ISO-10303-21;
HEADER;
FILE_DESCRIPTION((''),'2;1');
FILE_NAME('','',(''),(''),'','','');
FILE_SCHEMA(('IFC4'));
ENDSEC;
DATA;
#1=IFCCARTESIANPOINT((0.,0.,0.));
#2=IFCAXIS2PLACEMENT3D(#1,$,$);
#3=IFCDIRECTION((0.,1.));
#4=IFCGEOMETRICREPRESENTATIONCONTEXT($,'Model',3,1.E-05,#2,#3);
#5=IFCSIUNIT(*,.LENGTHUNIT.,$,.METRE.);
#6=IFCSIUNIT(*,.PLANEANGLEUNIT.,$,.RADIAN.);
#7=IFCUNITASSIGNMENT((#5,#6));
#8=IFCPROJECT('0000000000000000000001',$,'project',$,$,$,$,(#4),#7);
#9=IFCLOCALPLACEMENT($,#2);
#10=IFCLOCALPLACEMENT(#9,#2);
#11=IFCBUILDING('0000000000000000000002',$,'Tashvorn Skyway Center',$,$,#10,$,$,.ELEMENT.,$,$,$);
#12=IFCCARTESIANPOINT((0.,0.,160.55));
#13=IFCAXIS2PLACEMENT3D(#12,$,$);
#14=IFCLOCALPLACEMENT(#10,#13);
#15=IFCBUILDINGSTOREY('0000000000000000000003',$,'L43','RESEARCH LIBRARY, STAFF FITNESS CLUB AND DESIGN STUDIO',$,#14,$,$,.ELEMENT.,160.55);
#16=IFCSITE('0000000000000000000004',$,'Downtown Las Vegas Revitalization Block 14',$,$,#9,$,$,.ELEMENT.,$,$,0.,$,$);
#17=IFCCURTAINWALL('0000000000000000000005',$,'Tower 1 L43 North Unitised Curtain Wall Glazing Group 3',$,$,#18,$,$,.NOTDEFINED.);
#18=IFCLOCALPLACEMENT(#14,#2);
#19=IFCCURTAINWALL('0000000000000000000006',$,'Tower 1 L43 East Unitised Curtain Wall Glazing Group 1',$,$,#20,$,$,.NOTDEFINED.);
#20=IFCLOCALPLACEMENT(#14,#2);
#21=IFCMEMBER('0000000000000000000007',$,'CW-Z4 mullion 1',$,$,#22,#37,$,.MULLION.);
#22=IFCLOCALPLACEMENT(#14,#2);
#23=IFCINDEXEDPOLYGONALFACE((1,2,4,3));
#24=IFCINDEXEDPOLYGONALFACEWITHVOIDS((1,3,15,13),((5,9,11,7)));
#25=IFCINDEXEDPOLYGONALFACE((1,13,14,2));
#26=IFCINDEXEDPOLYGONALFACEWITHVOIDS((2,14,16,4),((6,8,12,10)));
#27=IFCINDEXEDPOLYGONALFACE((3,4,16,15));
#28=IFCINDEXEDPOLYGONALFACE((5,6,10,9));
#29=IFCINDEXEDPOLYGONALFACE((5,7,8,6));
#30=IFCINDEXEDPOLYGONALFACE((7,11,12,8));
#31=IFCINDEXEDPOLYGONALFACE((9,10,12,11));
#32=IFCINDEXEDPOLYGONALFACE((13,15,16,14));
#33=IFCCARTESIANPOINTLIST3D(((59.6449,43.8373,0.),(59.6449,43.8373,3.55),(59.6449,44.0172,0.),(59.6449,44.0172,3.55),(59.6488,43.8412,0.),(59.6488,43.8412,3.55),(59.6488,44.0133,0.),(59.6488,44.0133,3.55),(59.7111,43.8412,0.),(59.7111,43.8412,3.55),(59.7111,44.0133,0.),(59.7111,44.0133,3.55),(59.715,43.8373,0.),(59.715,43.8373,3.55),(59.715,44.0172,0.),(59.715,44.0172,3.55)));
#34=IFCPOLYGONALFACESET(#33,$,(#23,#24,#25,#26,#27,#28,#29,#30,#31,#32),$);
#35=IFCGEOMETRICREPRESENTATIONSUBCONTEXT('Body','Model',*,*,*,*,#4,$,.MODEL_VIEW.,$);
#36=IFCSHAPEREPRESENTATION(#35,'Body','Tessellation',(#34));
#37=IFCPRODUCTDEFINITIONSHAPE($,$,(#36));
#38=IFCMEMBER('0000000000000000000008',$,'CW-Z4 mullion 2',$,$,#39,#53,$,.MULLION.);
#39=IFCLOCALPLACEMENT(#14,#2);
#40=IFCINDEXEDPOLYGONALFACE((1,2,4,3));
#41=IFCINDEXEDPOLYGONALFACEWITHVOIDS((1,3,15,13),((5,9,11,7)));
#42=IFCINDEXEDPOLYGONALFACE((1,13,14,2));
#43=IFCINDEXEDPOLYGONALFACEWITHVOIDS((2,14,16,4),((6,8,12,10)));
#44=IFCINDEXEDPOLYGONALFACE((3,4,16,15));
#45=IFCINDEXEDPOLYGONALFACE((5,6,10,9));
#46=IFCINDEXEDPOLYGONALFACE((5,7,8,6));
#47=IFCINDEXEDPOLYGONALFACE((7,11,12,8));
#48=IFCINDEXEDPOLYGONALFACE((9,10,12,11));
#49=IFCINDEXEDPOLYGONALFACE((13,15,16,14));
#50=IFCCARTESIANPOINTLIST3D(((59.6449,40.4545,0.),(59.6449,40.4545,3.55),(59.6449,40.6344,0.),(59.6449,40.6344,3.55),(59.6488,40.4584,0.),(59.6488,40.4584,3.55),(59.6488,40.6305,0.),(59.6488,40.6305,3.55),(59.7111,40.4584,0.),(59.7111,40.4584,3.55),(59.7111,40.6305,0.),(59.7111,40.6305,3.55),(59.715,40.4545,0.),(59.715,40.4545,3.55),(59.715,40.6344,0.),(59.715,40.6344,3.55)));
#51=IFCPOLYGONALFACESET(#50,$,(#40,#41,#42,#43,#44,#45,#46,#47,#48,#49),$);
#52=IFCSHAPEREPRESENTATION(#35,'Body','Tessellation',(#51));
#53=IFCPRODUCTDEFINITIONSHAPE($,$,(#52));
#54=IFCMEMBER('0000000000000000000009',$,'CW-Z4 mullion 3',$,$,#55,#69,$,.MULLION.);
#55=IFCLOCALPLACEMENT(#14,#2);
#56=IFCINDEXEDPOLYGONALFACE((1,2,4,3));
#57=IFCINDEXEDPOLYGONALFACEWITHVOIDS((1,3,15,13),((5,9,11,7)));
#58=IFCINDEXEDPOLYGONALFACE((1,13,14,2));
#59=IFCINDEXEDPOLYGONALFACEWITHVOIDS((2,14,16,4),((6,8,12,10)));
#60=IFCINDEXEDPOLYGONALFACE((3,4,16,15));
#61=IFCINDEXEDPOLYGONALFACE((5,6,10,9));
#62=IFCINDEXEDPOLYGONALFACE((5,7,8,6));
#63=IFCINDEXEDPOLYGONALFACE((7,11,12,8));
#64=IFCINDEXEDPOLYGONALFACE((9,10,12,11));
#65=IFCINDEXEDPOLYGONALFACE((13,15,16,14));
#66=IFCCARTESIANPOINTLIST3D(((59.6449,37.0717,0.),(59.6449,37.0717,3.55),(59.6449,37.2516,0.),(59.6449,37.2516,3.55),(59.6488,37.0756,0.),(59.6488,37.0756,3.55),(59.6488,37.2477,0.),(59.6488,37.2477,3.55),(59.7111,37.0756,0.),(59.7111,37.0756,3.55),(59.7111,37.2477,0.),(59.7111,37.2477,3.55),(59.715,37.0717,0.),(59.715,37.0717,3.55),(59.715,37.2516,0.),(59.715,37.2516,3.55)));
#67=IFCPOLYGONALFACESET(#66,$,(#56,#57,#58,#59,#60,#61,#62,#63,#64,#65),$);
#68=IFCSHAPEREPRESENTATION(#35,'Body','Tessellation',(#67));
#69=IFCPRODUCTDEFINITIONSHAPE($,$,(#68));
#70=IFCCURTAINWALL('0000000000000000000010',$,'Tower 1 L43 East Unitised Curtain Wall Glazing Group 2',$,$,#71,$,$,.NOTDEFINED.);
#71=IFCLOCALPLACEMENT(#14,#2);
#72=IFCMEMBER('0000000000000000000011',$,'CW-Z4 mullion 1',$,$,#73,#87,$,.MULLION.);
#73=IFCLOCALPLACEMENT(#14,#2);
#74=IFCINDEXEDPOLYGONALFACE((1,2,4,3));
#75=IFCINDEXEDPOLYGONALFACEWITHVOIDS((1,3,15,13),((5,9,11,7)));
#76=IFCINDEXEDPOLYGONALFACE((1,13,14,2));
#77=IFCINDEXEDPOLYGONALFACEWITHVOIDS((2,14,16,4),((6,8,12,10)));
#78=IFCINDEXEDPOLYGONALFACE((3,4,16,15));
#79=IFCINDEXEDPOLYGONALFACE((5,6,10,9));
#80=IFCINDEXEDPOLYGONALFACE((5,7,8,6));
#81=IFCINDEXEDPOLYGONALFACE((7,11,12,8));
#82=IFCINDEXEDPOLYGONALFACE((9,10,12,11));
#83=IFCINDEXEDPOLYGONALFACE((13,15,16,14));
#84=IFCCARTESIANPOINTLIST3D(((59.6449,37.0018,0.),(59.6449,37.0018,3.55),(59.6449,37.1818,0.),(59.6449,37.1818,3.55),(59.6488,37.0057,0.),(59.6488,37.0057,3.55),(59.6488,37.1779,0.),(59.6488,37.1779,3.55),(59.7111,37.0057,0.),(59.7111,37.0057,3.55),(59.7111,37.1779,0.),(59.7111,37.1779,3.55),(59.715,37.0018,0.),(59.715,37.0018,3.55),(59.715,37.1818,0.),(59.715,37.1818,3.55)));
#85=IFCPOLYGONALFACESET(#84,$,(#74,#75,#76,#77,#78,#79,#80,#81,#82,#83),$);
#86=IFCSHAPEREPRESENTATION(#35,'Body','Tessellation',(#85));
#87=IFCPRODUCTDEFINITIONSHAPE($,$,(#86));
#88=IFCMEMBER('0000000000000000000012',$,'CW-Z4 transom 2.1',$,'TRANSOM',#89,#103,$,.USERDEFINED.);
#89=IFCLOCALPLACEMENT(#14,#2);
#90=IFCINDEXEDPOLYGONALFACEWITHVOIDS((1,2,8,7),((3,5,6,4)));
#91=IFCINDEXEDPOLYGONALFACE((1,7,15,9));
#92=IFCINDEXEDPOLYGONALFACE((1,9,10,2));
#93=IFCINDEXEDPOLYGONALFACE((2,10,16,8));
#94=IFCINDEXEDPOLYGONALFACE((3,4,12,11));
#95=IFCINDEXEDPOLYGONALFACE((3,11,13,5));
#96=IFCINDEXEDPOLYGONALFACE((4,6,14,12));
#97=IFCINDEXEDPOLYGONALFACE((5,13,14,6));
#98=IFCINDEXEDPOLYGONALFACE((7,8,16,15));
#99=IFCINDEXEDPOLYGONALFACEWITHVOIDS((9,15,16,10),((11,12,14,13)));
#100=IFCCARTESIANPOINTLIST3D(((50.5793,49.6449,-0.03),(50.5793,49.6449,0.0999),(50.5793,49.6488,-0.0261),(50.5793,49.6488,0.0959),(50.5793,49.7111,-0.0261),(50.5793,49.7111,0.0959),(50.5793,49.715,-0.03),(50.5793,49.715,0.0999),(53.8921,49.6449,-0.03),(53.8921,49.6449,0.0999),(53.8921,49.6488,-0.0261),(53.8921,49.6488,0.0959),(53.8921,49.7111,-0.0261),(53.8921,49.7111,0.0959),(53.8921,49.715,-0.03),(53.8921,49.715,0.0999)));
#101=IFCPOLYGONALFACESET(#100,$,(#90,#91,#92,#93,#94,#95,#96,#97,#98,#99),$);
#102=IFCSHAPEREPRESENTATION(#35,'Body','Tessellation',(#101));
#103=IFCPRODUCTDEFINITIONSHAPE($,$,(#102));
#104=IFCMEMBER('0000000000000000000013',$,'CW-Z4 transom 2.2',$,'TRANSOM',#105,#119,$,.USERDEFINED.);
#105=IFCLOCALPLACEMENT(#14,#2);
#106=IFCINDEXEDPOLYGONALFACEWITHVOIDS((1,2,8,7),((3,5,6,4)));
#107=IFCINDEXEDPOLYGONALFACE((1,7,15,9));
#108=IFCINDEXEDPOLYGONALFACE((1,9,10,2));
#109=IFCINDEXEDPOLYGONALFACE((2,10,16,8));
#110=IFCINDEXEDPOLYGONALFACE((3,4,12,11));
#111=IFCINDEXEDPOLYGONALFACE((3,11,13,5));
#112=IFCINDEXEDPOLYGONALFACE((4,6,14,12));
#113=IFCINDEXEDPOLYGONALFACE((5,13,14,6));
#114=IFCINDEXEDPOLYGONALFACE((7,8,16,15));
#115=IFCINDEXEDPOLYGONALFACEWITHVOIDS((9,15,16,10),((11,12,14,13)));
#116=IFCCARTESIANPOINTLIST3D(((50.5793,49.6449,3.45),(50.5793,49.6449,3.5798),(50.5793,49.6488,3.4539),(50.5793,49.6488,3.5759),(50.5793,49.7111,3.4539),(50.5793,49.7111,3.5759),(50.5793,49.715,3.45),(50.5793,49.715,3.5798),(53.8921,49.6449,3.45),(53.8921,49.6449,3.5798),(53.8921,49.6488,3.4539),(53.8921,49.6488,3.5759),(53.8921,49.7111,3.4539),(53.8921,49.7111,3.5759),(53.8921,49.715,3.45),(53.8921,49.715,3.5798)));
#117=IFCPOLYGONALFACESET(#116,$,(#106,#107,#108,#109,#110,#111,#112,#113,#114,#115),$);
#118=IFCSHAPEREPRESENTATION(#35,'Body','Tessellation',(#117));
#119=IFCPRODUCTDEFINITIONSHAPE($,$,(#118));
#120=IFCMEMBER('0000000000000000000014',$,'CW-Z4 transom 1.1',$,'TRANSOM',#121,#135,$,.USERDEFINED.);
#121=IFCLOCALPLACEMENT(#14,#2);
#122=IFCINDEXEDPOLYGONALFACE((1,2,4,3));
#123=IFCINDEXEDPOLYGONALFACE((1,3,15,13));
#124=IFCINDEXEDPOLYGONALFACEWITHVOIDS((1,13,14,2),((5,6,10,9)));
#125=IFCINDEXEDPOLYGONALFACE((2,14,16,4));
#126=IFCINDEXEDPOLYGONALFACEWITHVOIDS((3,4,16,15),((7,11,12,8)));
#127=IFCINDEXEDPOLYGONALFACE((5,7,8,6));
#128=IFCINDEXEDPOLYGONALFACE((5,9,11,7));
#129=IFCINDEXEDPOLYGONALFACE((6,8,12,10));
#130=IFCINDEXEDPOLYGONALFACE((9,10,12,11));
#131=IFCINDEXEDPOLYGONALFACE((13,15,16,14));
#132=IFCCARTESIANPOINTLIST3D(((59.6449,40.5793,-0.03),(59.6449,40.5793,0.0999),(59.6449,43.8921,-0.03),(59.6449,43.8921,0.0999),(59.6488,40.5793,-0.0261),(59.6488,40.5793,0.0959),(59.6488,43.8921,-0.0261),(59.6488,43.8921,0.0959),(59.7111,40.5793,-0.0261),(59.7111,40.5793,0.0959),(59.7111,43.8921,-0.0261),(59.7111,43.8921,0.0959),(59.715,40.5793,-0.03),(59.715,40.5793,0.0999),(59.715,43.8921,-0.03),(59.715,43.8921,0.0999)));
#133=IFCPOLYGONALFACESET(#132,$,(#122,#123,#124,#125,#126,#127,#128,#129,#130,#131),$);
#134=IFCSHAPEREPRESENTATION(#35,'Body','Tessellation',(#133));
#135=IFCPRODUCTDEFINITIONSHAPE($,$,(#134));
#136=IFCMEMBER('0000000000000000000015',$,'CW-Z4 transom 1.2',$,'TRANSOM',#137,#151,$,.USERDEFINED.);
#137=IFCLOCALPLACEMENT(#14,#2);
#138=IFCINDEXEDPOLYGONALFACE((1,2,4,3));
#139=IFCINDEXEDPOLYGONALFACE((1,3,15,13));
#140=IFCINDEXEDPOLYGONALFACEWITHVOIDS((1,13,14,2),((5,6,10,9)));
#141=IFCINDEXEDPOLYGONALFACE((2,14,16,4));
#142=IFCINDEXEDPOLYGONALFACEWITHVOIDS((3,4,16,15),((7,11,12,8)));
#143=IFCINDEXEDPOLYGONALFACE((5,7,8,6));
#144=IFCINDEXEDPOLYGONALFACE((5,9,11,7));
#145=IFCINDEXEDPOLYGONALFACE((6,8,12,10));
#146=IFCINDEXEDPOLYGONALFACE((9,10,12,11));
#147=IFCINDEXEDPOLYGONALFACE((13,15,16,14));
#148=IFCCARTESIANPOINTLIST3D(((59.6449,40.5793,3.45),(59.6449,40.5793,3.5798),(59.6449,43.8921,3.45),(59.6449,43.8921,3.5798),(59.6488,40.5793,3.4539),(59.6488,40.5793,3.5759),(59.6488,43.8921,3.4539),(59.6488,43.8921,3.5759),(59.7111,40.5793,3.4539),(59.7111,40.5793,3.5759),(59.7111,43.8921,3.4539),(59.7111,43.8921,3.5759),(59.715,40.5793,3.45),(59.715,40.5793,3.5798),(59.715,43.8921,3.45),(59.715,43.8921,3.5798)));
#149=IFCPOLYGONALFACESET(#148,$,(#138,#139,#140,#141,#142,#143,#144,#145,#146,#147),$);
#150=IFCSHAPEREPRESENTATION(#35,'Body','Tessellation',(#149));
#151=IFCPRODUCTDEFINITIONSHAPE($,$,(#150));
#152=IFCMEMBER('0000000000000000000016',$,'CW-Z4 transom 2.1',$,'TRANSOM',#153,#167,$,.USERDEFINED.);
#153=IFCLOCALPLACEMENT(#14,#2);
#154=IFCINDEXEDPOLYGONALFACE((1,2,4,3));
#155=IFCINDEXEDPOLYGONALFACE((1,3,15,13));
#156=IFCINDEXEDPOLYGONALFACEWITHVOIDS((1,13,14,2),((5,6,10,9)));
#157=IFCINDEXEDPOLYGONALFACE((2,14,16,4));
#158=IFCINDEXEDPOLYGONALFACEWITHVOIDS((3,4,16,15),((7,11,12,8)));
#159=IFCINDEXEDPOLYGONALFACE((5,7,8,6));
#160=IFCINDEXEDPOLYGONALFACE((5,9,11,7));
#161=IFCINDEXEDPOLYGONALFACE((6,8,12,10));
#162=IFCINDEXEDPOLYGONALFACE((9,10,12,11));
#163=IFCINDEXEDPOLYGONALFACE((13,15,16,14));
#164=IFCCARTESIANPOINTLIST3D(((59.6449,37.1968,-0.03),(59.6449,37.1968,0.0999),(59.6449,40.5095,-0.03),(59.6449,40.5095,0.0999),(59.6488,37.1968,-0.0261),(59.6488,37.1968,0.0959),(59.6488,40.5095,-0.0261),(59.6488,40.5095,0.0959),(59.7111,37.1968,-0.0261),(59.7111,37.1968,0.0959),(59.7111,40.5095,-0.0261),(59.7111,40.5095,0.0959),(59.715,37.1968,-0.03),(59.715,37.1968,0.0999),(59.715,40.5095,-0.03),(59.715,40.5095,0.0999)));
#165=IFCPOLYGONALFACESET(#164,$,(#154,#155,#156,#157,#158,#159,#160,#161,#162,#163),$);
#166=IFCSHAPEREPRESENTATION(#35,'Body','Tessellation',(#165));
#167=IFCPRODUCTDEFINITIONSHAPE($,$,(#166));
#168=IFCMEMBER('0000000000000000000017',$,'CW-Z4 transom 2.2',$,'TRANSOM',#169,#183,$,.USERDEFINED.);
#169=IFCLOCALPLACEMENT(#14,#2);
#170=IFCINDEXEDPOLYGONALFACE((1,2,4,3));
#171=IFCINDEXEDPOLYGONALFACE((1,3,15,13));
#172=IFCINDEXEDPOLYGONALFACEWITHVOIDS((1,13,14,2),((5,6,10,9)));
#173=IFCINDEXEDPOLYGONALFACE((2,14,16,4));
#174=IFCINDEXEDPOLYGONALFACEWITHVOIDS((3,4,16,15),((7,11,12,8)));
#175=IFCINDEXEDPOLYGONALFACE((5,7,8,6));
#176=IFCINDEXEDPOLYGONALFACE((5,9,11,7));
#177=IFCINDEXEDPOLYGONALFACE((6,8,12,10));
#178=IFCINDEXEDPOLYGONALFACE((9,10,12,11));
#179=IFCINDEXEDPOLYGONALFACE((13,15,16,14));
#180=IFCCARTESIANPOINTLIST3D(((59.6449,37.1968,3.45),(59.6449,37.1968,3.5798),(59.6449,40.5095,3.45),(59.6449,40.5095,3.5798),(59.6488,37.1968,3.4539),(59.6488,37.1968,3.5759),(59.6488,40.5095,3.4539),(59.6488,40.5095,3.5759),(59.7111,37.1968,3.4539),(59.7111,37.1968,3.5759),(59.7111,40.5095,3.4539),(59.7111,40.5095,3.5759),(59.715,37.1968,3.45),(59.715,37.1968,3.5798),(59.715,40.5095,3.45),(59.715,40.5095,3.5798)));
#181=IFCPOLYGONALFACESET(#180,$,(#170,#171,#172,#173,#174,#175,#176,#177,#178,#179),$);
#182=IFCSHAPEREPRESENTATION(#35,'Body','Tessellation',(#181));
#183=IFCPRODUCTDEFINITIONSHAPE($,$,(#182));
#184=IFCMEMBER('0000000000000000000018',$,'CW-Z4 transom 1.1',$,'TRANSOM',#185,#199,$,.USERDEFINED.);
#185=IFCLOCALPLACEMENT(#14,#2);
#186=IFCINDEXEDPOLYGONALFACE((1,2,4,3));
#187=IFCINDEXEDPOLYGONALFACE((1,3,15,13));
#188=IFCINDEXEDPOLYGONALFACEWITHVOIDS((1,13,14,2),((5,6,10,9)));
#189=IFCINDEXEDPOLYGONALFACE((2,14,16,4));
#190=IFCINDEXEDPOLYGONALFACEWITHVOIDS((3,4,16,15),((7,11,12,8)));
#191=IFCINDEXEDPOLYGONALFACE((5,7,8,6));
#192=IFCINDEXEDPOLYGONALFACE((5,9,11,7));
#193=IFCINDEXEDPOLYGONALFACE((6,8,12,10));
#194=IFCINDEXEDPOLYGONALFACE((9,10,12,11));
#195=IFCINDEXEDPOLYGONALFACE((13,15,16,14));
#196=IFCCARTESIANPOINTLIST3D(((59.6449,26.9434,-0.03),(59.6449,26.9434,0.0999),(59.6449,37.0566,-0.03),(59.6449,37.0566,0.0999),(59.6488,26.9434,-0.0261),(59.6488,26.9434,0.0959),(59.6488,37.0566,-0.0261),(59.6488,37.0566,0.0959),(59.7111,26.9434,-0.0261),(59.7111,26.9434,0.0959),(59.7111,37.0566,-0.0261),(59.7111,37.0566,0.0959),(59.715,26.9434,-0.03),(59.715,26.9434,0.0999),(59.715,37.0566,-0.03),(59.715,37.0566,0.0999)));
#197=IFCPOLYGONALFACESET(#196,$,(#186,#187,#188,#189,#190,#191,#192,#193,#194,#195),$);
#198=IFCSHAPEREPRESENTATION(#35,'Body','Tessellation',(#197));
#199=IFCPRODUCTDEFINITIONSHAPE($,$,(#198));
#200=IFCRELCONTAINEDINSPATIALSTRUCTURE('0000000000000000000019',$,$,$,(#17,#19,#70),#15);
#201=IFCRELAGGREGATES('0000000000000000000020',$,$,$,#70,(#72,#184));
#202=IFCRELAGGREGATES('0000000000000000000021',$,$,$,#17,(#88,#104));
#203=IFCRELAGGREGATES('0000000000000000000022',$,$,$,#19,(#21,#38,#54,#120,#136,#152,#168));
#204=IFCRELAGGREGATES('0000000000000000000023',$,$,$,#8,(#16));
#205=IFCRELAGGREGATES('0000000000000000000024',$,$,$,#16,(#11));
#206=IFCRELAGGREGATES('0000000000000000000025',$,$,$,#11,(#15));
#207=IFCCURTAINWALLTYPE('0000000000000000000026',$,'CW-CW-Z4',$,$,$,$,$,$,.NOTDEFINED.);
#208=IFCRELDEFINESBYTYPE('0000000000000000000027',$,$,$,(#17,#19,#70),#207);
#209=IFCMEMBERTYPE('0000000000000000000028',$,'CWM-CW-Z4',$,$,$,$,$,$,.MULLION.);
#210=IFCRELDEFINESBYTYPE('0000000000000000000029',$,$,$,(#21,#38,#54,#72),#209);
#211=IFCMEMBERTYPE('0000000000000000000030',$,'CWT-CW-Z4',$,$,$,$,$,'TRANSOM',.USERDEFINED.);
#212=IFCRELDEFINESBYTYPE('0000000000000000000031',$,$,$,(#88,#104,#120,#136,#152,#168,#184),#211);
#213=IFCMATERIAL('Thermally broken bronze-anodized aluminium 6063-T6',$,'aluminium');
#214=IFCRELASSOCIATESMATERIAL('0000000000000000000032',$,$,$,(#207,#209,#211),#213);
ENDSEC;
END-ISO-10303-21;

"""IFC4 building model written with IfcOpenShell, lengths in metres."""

from ifc_helpers import new_model, si_unit, direction, frame, origin, origin_2d, place, context, subcontext, project, spatial, hollow_rectangle, extrude, material, material_profile, profile_set, type_object, element, aggregate, save


model = new_model("IFC4")

# Units and contexts
model_context = context("Model", 3, precision=1e-05, world=origin(), true_north=direction((0.0, 1.0)))
body_context = subcontext(model_context, "Body", "Model", "MODEL_VIEW")
ifc_project = project(units=[si_unit("LENGTHUNIT", "METRE"), si_unit("PLANEANGLEUNIT", "RADIAN")], contexts=[model_context])

# Site, building, storey
site_placement = place(None, origin())
site = spatial("IfcSite", under=ifc_project, at=site_placement, Name="Downtown Las Vegas Revitalization Block 14", CompositionType="ELEMENT", RefElevation=0.0)
building_placement = place(site_placement, origin())
building = spatial("IfcBuilding", under=site, at=building_placement, Name="Tashvorn Skyway Center", CompositionType="ELEMENT")
storey_placement = place(building_placement, frame((0.0, 0.0, 160.55)))
storey = spatial("IfcBuildingStorey", under=building, at=storey_placement, Name="L43", Description="RESEARCH LIBRARY, STAFF FITNESS CLUB AND DESIGN STUDIO", CompositionType="ELEMENT", Elevation=160.55)

# Curtain walls, members
ifc_material_1 = material(Name="Thermally broken bronze-anodized aluminium 6063-T6", Category="aluminium")
curtain_wall_type = type_object("IfcCurtainWallType", Name="CW-CW-Z4", PredefinedType="NOTDEFINED", material=ifc_material_1)
curtain_wall_1_placement = place(storey_placement, origin())
curtain_wall_1 = element("IfcCurtainWall", 1, at=curtain_wall_1_placement, inside=storey, type_object=curtain_wall_type, Name="Tower 1 L43 North Unitised Curtain Wall Glazing Group 3", PredefinedType="NOTDEFINED")
ifc_material_profile_1 = material_profile(ifc_material_1, hollow_rectangle(XDim=0.0701, YDim=0.1799, WallThickness=0.0039, at=origin_2d()), Name="ALU-MULL-70x180")
ifc_profile_set_1 = profile_set([ifc_material_profile_1], Name="Thermally broken bronze-anodized aluminium 6063-T6")
member_type_1 = type_object("IfcMemberType", Name="CWM-CW-Z4", PredefinedType="MULLION", material=ifc_profile_set_1)
curtain_wall_2_placement = place(storey_placement, origin())
curtain_wall_2 = element("IfcCurtainWall", 2, at=curtain_wall_2_placement, inside=storey, type_object=curtain_wall_type, Name="Tower 1 L43 East Unitised Curtain Wall Glazing Group 1", PredefinedType="NOTDEFINED")
member_1_placement = place(storey_placement, frame((59.6799, 43.9272, 0.0), z_axis=(0.0, 0.0, 1.0), x_axis=(1.0, 0.0, 0.0)))
member_1 = element("IfcMember", 3, at=member_1_placement, type_object=member_type_1, Name="CW-Z4 mullion 1", PredefinedType="MULLION", context=body_context, shape_type="SweptSolid", body=[
    extrude(hollow_rectangle(XDim=0.0701, YDim=0.1799, WallThickness=0.0039, at=origin_2d()), origin(), (0.0, 0.0, 1.0), 3.55),
])
member_2_placement = place(storey_placement, frame((59.6799, 40.5444, 0.0), z_axis=(0.0, 0.0, 1.0), x_axis=(1.0, 0.0, 0.0)))
member_2 = element("IfcMember", 4, at=member_2_placement, type_object=member_type_1, Name="CW-Z4 mullion 2", PredefinedType="MULLION", context=body_context, shape_type="SweptSolid", body=[
    extrude(hollow_rectangle(XDim=0.0701, YDim=0.1799, WallThickness=0.0039, at=origin_2d()), origin(), (0.0, 0.0, 1.0), 3.55),
])
member_3_placement = place(storey_placement, frame((59.6799, 37.1616, 0.0), z_axis=(0.0, 0.0, 1.0), x_axis=(1.0, 0.0, 0.0)))
member_3 = element("IfcMember", 5, at=member_3_placement, type_object=member_type_1, Name="CW-Z4 mullion 3", PredefinedType="MULLION", context=body_context, shape_type="SweptSolid", body=[
    extrude(hollow_rectangle(XDim=0.0701, YDim=0.1799, WallThickness=0.0039, at=origin_2d()), origin(), (0.0, 0.0, 1.0), 3.55),
])

# Curtain wall, member
curtain_wall_3_placement = place(storey_placement, origin())
curtain_wall_3 = element("IfcCurtainWall", 6, at=curtain_wall_3_placement, inside=storey, type_object=curtain_wall_type, Name="Tower 1 L43 East Unitised Curtain Wall Glazing Group 2", PredefinedType="NOTDEFINED")
member_4_placement = place(storey_placement, frame((59.6799, 37.0918, 0.0), z_axis=(0.0, 0.0, 1.0), x_axis=(1.0, 0.0, 0.0)))
member_4 = element("IfcMember", 7, at=member_4_placement, type_object=member_type_1, Name="CW-Z4 mullion 1", PredefinedType="MULLION", context=body_context, shape_type="SweptSolid", body=[
    extrude(hollow_rectangle(XDim=0.0701, YDim=0.1799, WallThickness=0.0039, at=origin_2d()), origin(), (0.0, 0.0, 1.0), 3.55),
])

# Members
ifc_material_profile_2 = material_profile(ifc_material_1, hollow_rectangle(XDim=0.0701, YDim=0.1299, WallThickness=0.0039, at=origin_2d()), Name="ALU-TRAN-70x130")
ifc_profile_set_2 = profile_set([ifc_material_profile_2], Name="Thermally broken bronze-anodized aluminium 6063-T6")
member_type_2 = type_object("IfcMemberType", Name="CWT-CW-Z4", ElementType="TRANSOM", PredefinedType="USERDEFINED", material=ifc_profile_set_2)
member_5_placement = place(storey_placement, frame((50.5793, 49.6799, 0.0349), z_axis=(1.0, 0.0, 0.0), x_axis=(0.0, 1.0, 0.0)))
member_5 = element("IfcMember", 8, at=member_5_placement, type_object=member_type_2, Name="CW-Z4 transom 2.1", ObjectType="TRANSOM", PredefinedType="USERDEFINED", context=body_context, shape_type="SweptSolid", body=[
    extrude(hollow_rectangle(XDim=0.0701, YDim=0.1299, WallThickness=0.0039, at=origin_2d()), origin(), (0.0, 0.0, 1.0), 3.3127),
])
member_6_placement = place(storey_placement, frame((50.5793, 49.6799, 3.5149), z_axis=(1.0, 0.0, 0.0), x_axis=(0.0, 1.0, 0.0)))
member_6 = element("IfcMember", 9, at=member_6_placement, type_object=member_type_2, Name="CW-Z4 transom 2.2", ObjectType="TRANSOM", PredefinedType="USERDEFINED", context=body_context, shape_type="SweptSolid", body=[
    extrude(hollow_rectangle(XDim=0.0701, YDim=0.1299, WallThickness=0.0039, at=origin_2d()), origin(), (0.0, 0.0, 1.0), 3.3127),
])
member_7_placement = place(storey_placement, frame((59.6799, 43.8921, 0.0349), z_axis=(0.0, -1.0, 0.0), x_axis=(1.0, 0.0, 0.0)))
member_7 = element("IfcMember", 10, at=member_7_placement, type_object=member_type_2, Name="CW-Z4 transom 1.1", ObjectType="TRANSOM", PredefinedType="USERDEFINED", context=body_context, shape_type="SweptSolid", body=[
    extrude(hollow_rectangle(XDim=0.0701, YDim=0.1299, WallThickness=0.0039, at=origin_2d()), origin(), (0.0, 0.0, 1.0), 3.3127),
])
member_8_placement = place(storey_placement, frame((59.6799, 43.8921, 3.5149), z_axis=(0.0, -1.0, 0.0), x_axis=(1.0, 0.0, 0.0)))
member_8 = element("IfcMember", 11, at=member_8_placement, type_object=member_type_2, Name="CW-Z4 transom 1.2", ObjectType="TRANSOM", PredefinedType="USERDEFINED", context=body_context, shape_type="SweptSolid", body=[
    extrude(hollow_rectangle(XDim=0.0701, YDim=0.1299, WallThickness=0.0039, at=origin_2d()), origin(), (0.0, 0.0, 1.0), 3.3127),
])
member_9_placement = place(storey_placement, frame((59.6799, 40.5095, 0.0349), z_axis=(0.0, -1.0, 0.0), x_axis=(1.0, 0.0, 0.0)))
member_9 = element("IfcMember", 12, at=member_9_placement, type_object=member_type_2, Name="CW-Z4 transom 2.1", ObjectType="TRANSOM", PredefinedType="USERDEFINED", context=body_context, shape_type="SweptSolid", body=[
    extrude(hollow_rectangle(XDim=0.0701, YDim=0.1299, WallThickness=0.0039, at=origin_2d()), origin(), (0.0, 0.0, 1.0), 3.3127),
])
member_10_placement = place(storey_placement, frame((59.6799, 40.5095, 3.5149), z_axis=(0.0, -1.0, 0.0), x_axis=(1.0, 0.0, 0.0)))
member_10 = element("IfcMember", 13, at=member_10_placement, type_object=member_type_2, Name="CW-Z4 transom 2.2", ObjectType="TRANSOM", PredefinedType="USERDEFINED", context=body_context, shape_type="SweptSolid", body=[
    extrude(hollow_rectangle(XDim=0.0701, YDim=0.1299, WallThickness=0.0039, at=origin_2d()), origin(), (0.0, 0.0, 1.0), 3.3127),
])
member_11_placement = place(storey_placement, frame((59.6799, 37.0566, 0.0349), z_axis=(0.0, -1.0, 0.0), x_axis=(1.0, 0.0, 0.0)))
member_11 = element("IfcMember", 14, at=member_11_placement, type_object=member_type_2, Name="CW-Z4 transom 1.1", ObjectType="TRANSOM", PredefinedType="USERDEFINED", context=body_context, shape_type="SweptSolid", body=[
    extrude(hollow_rectangle(XDim=0.0701, YDim=0.1299, WallThickness=0.0039, at=origin_2d()), origin(), (0.0, 0.0, 1.0), 10.1133),
])
aggregate(curtain_wall_3, [member_4, member_11])

aggregate(curtain_wall_1, [member_5, member_6])
aggregate(curtain_wall_2, [member_1, member_2, member_3, member_7, member_8, member_9, member_10])

save(model, "model.ifc")
